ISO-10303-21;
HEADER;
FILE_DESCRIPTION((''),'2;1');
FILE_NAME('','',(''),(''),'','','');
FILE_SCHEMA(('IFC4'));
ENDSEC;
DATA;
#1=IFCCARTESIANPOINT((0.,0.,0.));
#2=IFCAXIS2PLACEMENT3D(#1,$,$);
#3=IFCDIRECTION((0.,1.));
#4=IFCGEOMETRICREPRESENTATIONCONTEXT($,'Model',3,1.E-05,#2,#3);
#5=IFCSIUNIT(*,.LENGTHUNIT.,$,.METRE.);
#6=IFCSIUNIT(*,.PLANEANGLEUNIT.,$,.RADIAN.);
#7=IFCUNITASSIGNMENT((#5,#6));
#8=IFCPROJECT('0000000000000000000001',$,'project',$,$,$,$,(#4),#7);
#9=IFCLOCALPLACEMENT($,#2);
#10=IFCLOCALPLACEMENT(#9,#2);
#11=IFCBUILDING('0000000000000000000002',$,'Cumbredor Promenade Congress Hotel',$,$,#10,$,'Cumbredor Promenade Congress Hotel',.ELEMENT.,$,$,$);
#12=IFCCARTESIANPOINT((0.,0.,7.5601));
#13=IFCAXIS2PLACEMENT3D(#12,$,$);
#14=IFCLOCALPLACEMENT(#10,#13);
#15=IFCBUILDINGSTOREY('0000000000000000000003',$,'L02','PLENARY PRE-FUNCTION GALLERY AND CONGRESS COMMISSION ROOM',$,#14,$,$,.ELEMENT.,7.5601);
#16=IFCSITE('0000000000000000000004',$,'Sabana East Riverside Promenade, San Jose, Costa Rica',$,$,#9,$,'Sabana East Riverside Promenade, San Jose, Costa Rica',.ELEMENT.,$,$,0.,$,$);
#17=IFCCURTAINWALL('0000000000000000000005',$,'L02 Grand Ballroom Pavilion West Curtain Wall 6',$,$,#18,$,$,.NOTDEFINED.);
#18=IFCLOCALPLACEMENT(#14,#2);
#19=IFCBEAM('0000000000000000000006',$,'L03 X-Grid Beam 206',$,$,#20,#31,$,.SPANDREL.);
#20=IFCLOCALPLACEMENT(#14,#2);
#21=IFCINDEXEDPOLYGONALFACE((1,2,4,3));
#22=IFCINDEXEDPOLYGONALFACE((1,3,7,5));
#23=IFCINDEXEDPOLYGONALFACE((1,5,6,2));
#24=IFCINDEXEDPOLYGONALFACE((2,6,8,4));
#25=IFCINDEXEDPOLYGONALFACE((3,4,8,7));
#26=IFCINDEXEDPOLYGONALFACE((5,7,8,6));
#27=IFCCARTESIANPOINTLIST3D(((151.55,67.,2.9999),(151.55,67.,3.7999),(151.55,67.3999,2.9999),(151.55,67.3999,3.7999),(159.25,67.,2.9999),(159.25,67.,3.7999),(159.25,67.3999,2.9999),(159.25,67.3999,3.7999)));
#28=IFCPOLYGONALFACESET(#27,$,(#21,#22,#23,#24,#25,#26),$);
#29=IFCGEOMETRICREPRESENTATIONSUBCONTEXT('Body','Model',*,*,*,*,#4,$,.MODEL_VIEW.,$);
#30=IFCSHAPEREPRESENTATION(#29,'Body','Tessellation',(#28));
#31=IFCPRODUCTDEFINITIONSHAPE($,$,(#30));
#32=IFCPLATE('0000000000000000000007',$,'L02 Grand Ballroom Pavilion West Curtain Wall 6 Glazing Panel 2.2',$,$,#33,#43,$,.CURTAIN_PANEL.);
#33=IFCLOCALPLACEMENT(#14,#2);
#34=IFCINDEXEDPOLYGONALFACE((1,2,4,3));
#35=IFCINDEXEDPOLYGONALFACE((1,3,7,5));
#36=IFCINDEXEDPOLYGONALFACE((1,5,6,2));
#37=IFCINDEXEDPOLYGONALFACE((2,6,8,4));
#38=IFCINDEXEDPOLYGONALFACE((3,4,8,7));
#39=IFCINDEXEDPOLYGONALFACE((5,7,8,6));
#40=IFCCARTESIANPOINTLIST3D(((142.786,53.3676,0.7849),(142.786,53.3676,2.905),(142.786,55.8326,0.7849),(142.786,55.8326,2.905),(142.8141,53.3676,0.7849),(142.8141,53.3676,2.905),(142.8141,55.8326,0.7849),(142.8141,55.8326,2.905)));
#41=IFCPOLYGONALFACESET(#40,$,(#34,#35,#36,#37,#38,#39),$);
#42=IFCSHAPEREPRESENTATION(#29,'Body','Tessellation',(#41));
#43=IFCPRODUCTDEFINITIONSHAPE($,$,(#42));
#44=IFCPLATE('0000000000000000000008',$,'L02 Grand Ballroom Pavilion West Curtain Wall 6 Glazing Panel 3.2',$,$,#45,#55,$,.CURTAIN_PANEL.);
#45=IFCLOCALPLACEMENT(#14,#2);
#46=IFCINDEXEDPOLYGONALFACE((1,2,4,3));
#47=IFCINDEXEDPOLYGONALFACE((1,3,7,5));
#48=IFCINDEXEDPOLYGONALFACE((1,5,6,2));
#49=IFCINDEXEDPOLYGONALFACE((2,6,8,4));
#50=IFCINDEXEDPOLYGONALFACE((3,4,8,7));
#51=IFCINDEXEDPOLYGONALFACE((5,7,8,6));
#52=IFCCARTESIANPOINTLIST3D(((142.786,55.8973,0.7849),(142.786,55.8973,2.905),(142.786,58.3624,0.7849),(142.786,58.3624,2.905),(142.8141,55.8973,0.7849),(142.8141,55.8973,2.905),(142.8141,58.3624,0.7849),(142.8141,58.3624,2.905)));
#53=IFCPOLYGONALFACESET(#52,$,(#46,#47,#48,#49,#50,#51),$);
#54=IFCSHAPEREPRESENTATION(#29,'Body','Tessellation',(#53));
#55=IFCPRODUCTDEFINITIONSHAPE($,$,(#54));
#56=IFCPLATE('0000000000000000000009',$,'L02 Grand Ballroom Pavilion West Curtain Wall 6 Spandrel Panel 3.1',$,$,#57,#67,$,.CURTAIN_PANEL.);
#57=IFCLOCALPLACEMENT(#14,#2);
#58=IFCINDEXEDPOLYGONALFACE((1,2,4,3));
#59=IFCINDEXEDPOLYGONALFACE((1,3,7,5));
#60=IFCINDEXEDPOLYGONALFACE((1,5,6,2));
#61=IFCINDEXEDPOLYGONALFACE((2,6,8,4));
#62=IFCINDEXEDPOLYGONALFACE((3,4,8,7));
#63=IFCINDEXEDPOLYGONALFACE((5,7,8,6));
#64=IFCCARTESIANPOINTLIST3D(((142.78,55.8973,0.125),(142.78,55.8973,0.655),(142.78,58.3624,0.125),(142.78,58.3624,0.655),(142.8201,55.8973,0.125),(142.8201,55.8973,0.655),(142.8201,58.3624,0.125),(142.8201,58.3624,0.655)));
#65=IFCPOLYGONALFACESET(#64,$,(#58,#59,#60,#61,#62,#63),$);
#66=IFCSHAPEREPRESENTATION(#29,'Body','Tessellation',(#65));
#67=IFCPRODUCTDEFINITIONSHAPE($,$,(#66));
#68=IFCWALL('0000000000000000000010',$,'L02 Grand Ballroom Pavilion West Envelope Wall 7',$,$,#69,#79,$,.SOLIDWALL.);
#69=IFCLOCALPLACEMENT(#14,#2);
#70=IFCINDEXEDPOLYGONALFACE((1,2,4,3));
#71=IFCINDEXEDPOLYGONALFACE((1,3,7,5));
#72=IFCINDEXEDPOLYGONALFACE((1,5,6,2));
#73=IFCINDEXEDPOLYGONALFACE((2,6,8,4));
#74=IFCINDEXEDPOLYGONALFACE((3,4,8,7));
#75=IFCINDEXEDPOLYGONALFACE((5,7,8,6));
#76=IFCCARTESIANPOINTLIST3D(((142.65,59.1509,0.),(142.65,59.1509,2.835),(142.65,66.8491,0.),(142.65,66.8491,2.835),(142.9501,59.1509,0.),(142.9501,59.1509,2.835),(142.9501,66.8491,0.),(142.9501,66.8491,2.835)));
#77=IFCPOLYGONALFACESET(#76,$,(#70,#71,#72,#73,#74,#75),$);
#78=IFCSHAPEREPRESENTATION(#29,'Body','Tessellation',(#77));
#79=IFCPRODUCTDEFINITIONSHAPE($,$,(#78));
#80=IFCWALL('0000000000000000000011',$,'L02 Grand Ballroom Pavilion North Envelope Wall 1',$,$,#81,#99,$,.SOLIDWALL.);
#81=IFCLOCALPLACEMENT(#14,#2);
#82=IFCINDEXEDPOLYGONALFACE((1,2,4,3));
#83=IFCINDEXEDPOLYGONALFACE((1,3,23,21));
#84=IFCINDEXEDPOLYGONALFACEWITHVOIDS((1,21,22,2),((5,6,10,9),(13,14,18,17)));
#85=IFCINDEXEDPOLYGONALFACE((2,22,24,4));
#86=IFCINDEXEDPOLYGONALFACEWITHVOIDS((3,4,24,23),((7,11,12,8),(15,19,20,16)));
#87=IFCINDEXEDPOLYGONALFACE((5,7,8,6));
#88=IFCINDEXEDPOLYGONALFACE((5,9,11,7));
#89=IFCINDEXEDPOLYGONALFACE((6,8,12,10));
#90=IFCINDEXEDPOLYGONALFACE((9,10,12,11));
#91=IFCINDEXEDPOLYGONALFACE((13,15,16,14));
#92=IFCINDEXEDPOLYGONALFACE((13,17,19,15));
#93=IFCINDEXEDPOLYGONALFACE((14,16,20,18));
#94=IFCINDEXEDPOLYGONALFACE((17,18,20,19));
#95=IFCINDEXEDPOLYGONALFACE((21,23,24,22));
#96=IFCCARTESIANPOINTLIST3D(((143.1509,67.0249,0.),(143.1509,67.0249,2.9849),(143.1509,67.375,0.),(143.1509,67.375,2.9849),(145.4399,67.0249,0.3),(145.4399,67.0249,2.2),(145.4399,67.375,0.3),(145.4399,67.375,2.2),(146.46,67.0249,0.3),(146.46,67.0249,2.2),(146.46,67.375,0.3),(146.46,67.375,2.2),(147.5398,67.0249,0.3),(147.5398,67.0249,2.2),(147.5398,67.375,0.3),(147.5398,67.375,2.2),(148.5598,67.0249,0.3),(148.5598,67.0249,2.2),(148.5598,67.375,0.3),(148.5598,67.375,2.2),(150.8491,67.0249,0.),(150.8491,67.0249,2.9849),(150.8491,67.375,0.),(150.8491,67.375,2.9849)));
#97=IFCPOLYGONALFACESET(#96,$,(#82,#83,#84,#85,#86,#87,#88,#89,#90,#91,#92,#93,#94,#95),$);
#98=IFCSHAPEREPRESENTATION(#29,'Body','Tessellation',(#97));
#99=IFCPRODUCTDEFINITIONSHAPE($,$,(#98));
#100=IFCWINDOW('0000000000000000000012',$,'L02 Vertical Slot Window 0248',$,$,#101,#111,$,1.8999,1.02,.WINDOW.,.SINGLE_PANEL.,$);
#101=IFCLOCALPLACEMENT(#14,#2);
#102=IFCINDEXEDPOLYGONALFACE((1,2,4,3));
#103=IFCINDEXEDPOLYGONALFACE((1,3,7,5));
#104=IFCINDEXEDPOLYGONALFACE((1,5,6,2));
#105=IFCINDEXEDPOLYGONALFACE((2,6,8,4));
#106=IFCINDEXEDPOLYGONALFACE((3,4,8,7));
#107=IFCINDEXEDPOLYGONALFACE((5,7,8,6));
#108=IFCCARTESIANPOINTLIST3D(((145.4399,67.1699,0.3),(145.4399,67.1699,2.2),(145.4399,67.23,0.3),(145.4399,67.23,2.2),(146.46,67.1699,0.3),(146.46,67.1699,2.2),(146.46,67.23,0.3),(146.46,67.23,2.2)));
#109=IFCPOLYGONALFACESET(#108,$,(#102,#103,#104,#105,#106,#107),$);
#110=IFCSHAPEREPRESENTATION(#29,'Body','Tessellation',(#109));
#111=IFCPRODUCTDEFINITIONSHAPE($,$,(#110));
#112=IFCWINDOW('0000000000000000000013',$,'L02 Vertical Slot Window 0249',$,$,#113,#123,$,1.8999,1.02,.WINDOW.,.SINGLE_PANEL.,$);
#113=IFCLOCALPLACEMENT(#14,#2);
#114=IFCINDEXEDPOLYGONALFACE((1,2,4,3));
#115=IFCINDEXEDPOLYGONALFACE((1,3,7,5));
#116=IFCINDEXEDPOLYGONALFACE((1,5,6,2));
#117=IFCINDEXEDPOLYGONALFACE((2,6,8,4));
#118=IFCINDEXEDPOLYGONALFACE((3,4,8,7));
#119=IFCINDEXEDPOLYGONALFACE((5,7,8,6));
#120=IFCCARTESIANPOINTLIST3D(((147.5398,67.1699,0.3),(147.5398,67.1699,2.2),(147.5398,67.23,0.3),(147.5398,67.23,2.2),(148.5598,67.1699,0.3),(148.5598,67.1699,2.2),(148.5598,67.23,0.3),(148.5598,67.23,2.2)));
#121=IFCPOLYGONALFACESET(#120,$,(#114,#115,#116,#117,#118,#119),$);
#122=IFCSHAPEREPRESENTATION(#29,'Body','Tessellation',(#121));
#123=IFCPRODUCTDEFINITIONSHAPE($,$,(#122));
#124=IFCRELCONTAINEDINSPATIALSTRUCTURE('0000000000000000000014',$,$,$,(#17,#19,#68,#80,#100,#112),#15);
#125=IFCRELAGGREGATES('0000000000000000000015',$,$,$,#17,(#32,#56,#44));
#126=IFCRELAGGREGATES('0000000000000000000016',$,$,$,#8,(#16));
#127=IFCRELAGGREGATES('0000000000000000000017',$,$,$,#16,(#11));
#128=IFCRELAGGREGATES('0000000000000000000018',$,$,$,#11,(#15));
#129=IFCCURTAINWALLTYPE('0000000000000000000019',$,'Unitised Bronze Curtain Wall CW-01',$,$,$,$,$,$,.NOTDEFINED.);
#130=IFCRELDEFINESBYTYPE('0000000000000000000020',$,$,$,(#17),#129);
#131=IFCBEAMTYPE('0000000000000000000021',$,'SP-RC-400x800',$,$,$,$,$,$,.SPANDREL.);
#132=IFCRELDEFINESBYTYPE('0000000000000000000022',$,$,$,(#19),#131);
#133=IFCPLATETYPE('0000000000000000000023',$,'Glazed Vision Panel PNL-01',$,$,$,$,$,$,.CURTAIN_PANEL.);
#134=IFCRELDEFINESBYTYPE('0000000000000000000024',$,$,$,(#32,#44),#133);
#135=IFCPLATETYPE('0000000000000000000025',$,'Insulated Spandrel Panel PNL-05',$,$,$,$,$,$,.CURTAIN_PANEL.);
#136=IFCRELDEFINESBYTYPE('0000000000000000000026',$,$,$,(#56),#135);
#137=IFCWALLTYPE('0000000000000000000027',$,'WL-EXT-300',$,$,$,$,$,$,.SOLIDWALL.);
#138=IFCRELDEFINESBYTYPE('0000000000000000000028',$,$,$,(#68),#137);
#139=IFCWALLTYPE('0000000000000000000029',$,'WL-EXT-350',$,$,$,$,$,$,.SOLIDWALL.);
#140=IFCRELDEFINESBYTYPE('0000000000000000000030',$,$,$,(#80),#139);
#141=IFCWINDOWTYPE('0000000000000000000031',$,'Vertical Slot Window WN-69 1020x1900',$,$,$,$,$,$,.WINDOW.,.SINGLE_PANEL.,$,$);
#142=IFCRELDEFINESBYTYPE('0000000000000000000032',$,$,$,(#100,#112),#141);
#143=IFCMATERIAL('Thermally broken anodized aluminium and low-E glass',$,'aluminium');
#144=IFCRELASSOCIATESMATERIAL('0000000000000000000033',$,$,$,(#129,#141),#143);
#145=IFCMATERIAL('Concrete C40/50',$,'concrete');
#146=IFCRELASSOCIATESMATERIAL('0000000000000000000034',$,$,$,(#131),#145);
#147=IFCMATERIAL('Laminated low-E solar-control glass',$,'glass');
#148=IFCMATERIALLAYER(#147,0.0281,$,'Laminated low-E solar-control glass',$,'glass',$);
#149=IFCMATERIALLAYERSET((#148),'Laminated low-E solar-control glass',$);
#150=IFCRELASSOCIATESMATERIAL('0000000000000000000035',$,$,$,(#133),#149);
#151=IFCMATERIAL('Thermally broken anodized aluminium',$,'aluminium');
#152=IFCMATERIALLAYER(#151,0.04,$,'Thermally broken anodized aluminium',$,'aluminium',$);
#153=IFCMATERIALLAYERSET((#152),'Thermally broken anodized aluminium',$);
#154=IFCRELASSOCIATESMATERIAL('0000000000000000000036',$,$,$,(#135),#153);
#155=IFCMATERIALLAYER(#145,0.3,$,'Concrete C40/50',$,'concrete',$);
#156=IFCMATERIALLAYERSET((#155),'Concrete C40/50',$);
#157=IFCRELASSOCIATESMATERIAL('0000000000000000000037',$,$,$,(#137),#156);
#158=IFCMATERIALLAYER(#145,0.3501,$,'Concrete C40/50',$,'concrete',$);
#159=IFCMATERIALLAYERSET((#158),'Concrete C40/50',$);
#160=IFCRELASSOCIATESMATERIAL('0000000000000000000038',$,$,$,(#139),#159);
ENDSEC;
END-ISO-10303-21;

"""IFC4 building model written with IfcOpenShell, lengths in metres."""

from ifc_helpers import new_model, si_unit, direction, frame, frame_2d, origin, origin_2d, place, context, subcontext, project, spatial, rectangle, extrude, material, layer, layer_set, material_profile, profile_set, type_object, element, fill, aggregate, save


model = new_model("IFC4")

# Units and contexts
model_context = context("Model", 3, precision=1e-05, world=origin(), true_north=direction((0.0, 1.0)))
body_context = subcontext(model_context, "Body", "Model", "MODEL_VIEW")
ifc_project = project(units=[si_unit("LENGTHUNIT", "METRE"), si_unit("PLANEANGLEUNIT", "RADIAN")], contexts=[model_context])

# Site, building, storey
site_placement = place(None, origin())
site = spatial("IfcSite", under=ifc_project, at=site_placement, Name="Sabana East Riverside Promenade, San Jose, Costa Rica", LongName="Sabana East Riverside Promenade, San Jose, Costa Rica", CompositionType="ELEMENT", RefElevation=0.0)
building_placement = place(site_placement, origin())
building = spatial("IfcBuilding", under=site, at=building_placement, Name="Cumbredor Promenade Congress Hotel", LongName="Cumbredor Promenade Congress Hotel", CompositionType="ELEMENT")
storey_placement = place(building_placement, frame((0.0, 0.0, 7.5601)))
storey = spatial("IfcBuildingStorey", under=building, at=storey_placement, Name="L02", Description="PLENARY PRE-FUNCTION GALLERY AND CONGRESS COMMISSION ROOM", CompositionType="ELEMENT", Elevation=7.5601)

# Shared definitions
ifc_material_1 = material(Name="Concrete C40/50", Category="concrete")

# Curtain wall
ifc_material_2 = material(Name="Thermally broken anodized aluminium and low-E glass", Category="aluminium")
curtain_wall_type = type_object("IfcCurtainWallType", Name="Unitised Bronze Curtain Wall CW-01", PredefinedType="NOTDEFINED", material=ifc_material_2)
curtain_wall_placement = place(storey_placement, origin())
curtain_wall = element("IfcCurtainWall", 1, at=curtain_wall_placement, inside=storey, type_object=curtain_wall_type, Name="L02 Grand Ballroom Pavilion West Curtain Wall 6", PredefinedType="NOTDEFINED")
ifc_material_3 = material(Name="Thermally broken anodized aluminium", Category="aluminium")

# Beam
ifc_material_profile_1 = material_profile(ifc_material_1, rectangle(XDim=0.3999, YDim=0.8, at=origin_2d()), Name="RC SPANDREL 400x800")
ifc_profile_set_1 = profile_set([ifc_material_profile_1], Name="Concrete C40/50")
beam_type_1 = type_object("IfcBeamType", Name="SP-RC-400x800", PredefinedType="SPANDREL", material=ifc_profile_set_1)
for number, where, z_axis, x_axis, name in (
    (2, (151.55, 67.2, 3.3999), (1.0, 0.0, 0.0), (0.0, 1.0, 0.0), "L03 X-Grid Beam 206"),
):
    element("IfcBeam", number, at=place(storey_placement, frame(where, z_axis=z_axis, x_axis=x_axis)), inside=storey, type_object=beam_type_1, Name=name, PredefinedType="SPANDREL", context=body_context, shape_type="SweptSolid", body=[
        extrude(rectangle(XDim=0.3999, YDim=0.8, at=origin_2d()), origin(), (0.0, 0.0, 1.0), 7.7),
    ])

# Plates
ifc_material_4 = material(Name="Laminated low-E solar-control glass", Category="glass")
ifc_layer_1 = layer(ifc_material_4, 0.0281, Name="Laminated low-E solar-control glass", Category="glass")
ifc_layer_set_1 = layer_set([ifc_layer_1], Name="Laminated low-E solar-control glass")
plate_type_1 = type_object("IfcPlateType", Name="Glazed Vision Panel PNL-01", PredefinedType="CURTAIN_PANEL", material=ifc_layer_set_1)
plate_1_placement = place(storey_placement, frame((142.8, 54.6001, 0.7849), z_axis=(0.0, 0.0, 1.0), x_axis=(0.0, 1.0, 0.0)))
plate_1 = element("IfcPlate", 3, at=plate_1_placement, type_object=plate_type_1, Name="L02 Grand Ballroom Pavilion West Curtain Wall 6 Glazing Panel 2.2", PredefinedType="CURTAIN_PANEL", context=body_context, shape_type="SweptSolid", body=[
    extrude(rectangle(XDim=2.4651, YDim=0.0281, at=origin_2d()), origin(), (0.0, 0.0, 1.0), 2.1201),
])
plate_2_placement = place(storey_placement, frame((142.8, 57.1299, 0.7849), z_axis=(0.0, 0.0, 1.0), x_axis=(0.0, 1.0, 0.0)))
plate_2 = element("IfcPlate", 4, at=plate_2_placement, type_object=plate_type_1, Name="L02 Grand Ballroom Pavilion West Curtain Wall 6 Glazing Panel 3.2", PredefinedType="CURTAIN_PANEL", context=body_context, shape_type="SweptSolid", body=[
    extrude(rectangle(XDim=2.4651, YDim=0.0281, at=origin_2d()), origin(), (0.0, 0.0, 1.0), 2.1201),
])
ifc_layer_2 = layer(ifc_material_3, 0.04, Name="Thermally broken anodized aluminium", Category="aluminium")
ifc_layer_set_2 = layer_set([ifc_layer_2], Name="Thermally broken anodized aluminium")
plate_type_2 = type_object("IfcPlateType", Name="Insulated Spandrel Panel PNL-05", PredefinedType="CURTAIN_PANEL", material=ifc_layer_set_2)
plate_3_placement = place(storey_placement, frame((142.8, 57.1299, 0.125), z_axis=(0.0, 0.0, 1.0), x_axis=(0.0, 1.0, 0.0)))
plate_3 = element("IfcPlate", 5, at=plate_3_placement, type_object=plate_type_2, Name="L02 Grand Ballroom Pavilion West Curtain Wall 6 Spandrel Panel 3.1", PredefinedType="CURTAIN_PANEL", context=body_context, shape_type="SweptSolid", body=[
    extrude(rectangle(XDim=2.4651, YDim=0.04, at=origin_2d()), origin(), (0.0, 0.0, 1.0), 0.53),
])
aggregate(curtain_wall, [plate_1, plate_3, plate_2])

# Wall
ifc_layer_3 = layer(ifc_material_1, 0.3, Name="Concrete C40/50", Category="concrete")
ifc_layer_set_3 = layer_set([ifc_layer_3], Name="Concrete C40/50")
wall_type_1 = type_object("IfcWallType", Name="WL-EXT-300", PredefinedType="SOLIDWALL", material=ifc_layer_set_3)
wall_1_placement = place(storey_placement, frame((142.8, 59.1509, 0.0), z_axis=(0.0, 0.0, 1.0), x_axis=(0.0, 1.0, 0.0)))
element("IfcWall", 6, at=wall_1_placement, inside=storey, type_object=wall_type_1, Name="L02 Grand Ballroom Pavilion West Envelope Wall 7", PredefinedType="SOLIDWALL", context=body_context, shape_type="SweptSolid", body=[
    extrude(rectangle(XDim=7.6982, YDim=0.3, at=frame_2d((3.8491, 0.0))), origin(), (0.0, 0.0, 1.0), 2.835),
])

# Wall, openings, windows
ifc_layer_4 = layer(ifc_material_1, 0.3501, Name="Concrete C40/50", Category="concrete")
ifc_layer_set_4 = layer_set([ifc_layer_4], Name="Concrete C40/50")
wall_type_2 = type_object("IfcWallType", Name="WL-EXT-350", PredefinedType="SOLIDWALL", material=ifc_layer_set_4)
wall_2_placement = place(storey_placement, frame((143.1509, 67.2, 0.0), z_axis=(0.0, 0.0, 1.0), x_axis=(1.0, 0.0, 0.0)))
wall_2 = element("IfcWall", 7, at=wall_2_placement, inside=storey, type_object=wall_type_2, Name="L02 Grand Ballroom Pavilion North Envelope Wall 1", PredefinedType="SOLIDWALL", context=body_context, shape_type="SweptSolid", body=[
    extrude(rectangle(XDim=7.6982, YDim=0.3501, at=frame_2d((3.8491, 0.0))), origin(), (0.0, 0.0, 1.0), 2.9849),
])
opening_1_placement = place(wall_2_placement, frame((2.2891, 0.0, 0.3)))
opening_1 = element("IfcOpeningElement", 8, at=opening_1_placement, cuts=wall_2, PredefinedType="OPENING", context=body_context, shape_type="SweptSolid", body=[
    extrude(rectangle(XDim=1.02, YDim=1.8999, at=frame_2d((0.51, 0.95))), frame((0.0, 0.1851, 0.0), z_axis=(0.0, -1.0, 0.0), x_axis=(1.0, 0.0, 0.0)), (0.0, 0.0, 1.0), 0.3701),
])
opening_2_placement = place(wall_2_placement, frame((4.3889, 0.0, 0.3)))
opening_2 = element("IfcOpeningElement", 9, at=opening_2_placement, cuts=wall_2, PredefinedType="OPENING", context=body_context, shape_type="SweptSolid", body=[
    extrude(rectangle(XDim=1.02, YDim=1.8999, at=frame_2d((0.51, 0.95))), frame((0.0, 0.1851, 0.0), z_axis=(0.0, -1.0, 0.0), x_axis=(1.0, 0.0, 0.0)), (0.0, 0.0, 1.0), 0.3701),
])
window_type = type_object("IfcWindowType", Name="Vertical Slot Window WN-69 1020x1900", PartitioningType="SINGLE_PANEL", PredefinedType="WINDOW", material=ifc_material_2)
window_1_placement = place(opening_1_placement, origin())
window_1 = element("IfcWindow", 10, at=window_1_placement, inside=storey, type_object=window_type, Name="L02 Vertical Slot Window 0248", OverallHeight=1.8999, OverallWidth=1.02, PartitioningType="SINGLE_PANEL", PredefinedType="WINDOW", context=body_context, shape_type="SweptSolid", body=[
    extrude(rectangle(XDim=1.02, YDim=1.8999, at=frame_2d((0.51, 0.95))), frame((0.0, 0.03, 0.0), z_axis=(0.0, -1.0, 0.0), x_axis=(1.0, 0.0, 0.0)), (0.0, 0.0, 1.0), 0.0601),
])
fill(opening_1, window_1)
window_2_placement = place(opening_2_placement, origin())
window_2 = element("IfcWindow", 11, at=window_2_placement, inside=storey, type_object=window_type, Name="L02 Vertical Slot Window 0249", OverallHeight=1.8999, OverallWidth=1.02, PartitioningType="SINGLE_PANEL", PredefinedType="WINDOW", context=body_context, shape_type="SweptSolid", body=[
    extrude(rectangle(XDim=1.02, YDim=1.8999, at=frame_2d((0.51, 0.95))), frame((0.0, 0.03, 0.0), z_axis=(0.0, -1.0, 0.0), x_axis=(1.0, 0.0, 0.0)), (0.0, 0.0, 1.0), 0.0601),
])
fill(opening_2, window_2)

save(model, "model.ifc")
